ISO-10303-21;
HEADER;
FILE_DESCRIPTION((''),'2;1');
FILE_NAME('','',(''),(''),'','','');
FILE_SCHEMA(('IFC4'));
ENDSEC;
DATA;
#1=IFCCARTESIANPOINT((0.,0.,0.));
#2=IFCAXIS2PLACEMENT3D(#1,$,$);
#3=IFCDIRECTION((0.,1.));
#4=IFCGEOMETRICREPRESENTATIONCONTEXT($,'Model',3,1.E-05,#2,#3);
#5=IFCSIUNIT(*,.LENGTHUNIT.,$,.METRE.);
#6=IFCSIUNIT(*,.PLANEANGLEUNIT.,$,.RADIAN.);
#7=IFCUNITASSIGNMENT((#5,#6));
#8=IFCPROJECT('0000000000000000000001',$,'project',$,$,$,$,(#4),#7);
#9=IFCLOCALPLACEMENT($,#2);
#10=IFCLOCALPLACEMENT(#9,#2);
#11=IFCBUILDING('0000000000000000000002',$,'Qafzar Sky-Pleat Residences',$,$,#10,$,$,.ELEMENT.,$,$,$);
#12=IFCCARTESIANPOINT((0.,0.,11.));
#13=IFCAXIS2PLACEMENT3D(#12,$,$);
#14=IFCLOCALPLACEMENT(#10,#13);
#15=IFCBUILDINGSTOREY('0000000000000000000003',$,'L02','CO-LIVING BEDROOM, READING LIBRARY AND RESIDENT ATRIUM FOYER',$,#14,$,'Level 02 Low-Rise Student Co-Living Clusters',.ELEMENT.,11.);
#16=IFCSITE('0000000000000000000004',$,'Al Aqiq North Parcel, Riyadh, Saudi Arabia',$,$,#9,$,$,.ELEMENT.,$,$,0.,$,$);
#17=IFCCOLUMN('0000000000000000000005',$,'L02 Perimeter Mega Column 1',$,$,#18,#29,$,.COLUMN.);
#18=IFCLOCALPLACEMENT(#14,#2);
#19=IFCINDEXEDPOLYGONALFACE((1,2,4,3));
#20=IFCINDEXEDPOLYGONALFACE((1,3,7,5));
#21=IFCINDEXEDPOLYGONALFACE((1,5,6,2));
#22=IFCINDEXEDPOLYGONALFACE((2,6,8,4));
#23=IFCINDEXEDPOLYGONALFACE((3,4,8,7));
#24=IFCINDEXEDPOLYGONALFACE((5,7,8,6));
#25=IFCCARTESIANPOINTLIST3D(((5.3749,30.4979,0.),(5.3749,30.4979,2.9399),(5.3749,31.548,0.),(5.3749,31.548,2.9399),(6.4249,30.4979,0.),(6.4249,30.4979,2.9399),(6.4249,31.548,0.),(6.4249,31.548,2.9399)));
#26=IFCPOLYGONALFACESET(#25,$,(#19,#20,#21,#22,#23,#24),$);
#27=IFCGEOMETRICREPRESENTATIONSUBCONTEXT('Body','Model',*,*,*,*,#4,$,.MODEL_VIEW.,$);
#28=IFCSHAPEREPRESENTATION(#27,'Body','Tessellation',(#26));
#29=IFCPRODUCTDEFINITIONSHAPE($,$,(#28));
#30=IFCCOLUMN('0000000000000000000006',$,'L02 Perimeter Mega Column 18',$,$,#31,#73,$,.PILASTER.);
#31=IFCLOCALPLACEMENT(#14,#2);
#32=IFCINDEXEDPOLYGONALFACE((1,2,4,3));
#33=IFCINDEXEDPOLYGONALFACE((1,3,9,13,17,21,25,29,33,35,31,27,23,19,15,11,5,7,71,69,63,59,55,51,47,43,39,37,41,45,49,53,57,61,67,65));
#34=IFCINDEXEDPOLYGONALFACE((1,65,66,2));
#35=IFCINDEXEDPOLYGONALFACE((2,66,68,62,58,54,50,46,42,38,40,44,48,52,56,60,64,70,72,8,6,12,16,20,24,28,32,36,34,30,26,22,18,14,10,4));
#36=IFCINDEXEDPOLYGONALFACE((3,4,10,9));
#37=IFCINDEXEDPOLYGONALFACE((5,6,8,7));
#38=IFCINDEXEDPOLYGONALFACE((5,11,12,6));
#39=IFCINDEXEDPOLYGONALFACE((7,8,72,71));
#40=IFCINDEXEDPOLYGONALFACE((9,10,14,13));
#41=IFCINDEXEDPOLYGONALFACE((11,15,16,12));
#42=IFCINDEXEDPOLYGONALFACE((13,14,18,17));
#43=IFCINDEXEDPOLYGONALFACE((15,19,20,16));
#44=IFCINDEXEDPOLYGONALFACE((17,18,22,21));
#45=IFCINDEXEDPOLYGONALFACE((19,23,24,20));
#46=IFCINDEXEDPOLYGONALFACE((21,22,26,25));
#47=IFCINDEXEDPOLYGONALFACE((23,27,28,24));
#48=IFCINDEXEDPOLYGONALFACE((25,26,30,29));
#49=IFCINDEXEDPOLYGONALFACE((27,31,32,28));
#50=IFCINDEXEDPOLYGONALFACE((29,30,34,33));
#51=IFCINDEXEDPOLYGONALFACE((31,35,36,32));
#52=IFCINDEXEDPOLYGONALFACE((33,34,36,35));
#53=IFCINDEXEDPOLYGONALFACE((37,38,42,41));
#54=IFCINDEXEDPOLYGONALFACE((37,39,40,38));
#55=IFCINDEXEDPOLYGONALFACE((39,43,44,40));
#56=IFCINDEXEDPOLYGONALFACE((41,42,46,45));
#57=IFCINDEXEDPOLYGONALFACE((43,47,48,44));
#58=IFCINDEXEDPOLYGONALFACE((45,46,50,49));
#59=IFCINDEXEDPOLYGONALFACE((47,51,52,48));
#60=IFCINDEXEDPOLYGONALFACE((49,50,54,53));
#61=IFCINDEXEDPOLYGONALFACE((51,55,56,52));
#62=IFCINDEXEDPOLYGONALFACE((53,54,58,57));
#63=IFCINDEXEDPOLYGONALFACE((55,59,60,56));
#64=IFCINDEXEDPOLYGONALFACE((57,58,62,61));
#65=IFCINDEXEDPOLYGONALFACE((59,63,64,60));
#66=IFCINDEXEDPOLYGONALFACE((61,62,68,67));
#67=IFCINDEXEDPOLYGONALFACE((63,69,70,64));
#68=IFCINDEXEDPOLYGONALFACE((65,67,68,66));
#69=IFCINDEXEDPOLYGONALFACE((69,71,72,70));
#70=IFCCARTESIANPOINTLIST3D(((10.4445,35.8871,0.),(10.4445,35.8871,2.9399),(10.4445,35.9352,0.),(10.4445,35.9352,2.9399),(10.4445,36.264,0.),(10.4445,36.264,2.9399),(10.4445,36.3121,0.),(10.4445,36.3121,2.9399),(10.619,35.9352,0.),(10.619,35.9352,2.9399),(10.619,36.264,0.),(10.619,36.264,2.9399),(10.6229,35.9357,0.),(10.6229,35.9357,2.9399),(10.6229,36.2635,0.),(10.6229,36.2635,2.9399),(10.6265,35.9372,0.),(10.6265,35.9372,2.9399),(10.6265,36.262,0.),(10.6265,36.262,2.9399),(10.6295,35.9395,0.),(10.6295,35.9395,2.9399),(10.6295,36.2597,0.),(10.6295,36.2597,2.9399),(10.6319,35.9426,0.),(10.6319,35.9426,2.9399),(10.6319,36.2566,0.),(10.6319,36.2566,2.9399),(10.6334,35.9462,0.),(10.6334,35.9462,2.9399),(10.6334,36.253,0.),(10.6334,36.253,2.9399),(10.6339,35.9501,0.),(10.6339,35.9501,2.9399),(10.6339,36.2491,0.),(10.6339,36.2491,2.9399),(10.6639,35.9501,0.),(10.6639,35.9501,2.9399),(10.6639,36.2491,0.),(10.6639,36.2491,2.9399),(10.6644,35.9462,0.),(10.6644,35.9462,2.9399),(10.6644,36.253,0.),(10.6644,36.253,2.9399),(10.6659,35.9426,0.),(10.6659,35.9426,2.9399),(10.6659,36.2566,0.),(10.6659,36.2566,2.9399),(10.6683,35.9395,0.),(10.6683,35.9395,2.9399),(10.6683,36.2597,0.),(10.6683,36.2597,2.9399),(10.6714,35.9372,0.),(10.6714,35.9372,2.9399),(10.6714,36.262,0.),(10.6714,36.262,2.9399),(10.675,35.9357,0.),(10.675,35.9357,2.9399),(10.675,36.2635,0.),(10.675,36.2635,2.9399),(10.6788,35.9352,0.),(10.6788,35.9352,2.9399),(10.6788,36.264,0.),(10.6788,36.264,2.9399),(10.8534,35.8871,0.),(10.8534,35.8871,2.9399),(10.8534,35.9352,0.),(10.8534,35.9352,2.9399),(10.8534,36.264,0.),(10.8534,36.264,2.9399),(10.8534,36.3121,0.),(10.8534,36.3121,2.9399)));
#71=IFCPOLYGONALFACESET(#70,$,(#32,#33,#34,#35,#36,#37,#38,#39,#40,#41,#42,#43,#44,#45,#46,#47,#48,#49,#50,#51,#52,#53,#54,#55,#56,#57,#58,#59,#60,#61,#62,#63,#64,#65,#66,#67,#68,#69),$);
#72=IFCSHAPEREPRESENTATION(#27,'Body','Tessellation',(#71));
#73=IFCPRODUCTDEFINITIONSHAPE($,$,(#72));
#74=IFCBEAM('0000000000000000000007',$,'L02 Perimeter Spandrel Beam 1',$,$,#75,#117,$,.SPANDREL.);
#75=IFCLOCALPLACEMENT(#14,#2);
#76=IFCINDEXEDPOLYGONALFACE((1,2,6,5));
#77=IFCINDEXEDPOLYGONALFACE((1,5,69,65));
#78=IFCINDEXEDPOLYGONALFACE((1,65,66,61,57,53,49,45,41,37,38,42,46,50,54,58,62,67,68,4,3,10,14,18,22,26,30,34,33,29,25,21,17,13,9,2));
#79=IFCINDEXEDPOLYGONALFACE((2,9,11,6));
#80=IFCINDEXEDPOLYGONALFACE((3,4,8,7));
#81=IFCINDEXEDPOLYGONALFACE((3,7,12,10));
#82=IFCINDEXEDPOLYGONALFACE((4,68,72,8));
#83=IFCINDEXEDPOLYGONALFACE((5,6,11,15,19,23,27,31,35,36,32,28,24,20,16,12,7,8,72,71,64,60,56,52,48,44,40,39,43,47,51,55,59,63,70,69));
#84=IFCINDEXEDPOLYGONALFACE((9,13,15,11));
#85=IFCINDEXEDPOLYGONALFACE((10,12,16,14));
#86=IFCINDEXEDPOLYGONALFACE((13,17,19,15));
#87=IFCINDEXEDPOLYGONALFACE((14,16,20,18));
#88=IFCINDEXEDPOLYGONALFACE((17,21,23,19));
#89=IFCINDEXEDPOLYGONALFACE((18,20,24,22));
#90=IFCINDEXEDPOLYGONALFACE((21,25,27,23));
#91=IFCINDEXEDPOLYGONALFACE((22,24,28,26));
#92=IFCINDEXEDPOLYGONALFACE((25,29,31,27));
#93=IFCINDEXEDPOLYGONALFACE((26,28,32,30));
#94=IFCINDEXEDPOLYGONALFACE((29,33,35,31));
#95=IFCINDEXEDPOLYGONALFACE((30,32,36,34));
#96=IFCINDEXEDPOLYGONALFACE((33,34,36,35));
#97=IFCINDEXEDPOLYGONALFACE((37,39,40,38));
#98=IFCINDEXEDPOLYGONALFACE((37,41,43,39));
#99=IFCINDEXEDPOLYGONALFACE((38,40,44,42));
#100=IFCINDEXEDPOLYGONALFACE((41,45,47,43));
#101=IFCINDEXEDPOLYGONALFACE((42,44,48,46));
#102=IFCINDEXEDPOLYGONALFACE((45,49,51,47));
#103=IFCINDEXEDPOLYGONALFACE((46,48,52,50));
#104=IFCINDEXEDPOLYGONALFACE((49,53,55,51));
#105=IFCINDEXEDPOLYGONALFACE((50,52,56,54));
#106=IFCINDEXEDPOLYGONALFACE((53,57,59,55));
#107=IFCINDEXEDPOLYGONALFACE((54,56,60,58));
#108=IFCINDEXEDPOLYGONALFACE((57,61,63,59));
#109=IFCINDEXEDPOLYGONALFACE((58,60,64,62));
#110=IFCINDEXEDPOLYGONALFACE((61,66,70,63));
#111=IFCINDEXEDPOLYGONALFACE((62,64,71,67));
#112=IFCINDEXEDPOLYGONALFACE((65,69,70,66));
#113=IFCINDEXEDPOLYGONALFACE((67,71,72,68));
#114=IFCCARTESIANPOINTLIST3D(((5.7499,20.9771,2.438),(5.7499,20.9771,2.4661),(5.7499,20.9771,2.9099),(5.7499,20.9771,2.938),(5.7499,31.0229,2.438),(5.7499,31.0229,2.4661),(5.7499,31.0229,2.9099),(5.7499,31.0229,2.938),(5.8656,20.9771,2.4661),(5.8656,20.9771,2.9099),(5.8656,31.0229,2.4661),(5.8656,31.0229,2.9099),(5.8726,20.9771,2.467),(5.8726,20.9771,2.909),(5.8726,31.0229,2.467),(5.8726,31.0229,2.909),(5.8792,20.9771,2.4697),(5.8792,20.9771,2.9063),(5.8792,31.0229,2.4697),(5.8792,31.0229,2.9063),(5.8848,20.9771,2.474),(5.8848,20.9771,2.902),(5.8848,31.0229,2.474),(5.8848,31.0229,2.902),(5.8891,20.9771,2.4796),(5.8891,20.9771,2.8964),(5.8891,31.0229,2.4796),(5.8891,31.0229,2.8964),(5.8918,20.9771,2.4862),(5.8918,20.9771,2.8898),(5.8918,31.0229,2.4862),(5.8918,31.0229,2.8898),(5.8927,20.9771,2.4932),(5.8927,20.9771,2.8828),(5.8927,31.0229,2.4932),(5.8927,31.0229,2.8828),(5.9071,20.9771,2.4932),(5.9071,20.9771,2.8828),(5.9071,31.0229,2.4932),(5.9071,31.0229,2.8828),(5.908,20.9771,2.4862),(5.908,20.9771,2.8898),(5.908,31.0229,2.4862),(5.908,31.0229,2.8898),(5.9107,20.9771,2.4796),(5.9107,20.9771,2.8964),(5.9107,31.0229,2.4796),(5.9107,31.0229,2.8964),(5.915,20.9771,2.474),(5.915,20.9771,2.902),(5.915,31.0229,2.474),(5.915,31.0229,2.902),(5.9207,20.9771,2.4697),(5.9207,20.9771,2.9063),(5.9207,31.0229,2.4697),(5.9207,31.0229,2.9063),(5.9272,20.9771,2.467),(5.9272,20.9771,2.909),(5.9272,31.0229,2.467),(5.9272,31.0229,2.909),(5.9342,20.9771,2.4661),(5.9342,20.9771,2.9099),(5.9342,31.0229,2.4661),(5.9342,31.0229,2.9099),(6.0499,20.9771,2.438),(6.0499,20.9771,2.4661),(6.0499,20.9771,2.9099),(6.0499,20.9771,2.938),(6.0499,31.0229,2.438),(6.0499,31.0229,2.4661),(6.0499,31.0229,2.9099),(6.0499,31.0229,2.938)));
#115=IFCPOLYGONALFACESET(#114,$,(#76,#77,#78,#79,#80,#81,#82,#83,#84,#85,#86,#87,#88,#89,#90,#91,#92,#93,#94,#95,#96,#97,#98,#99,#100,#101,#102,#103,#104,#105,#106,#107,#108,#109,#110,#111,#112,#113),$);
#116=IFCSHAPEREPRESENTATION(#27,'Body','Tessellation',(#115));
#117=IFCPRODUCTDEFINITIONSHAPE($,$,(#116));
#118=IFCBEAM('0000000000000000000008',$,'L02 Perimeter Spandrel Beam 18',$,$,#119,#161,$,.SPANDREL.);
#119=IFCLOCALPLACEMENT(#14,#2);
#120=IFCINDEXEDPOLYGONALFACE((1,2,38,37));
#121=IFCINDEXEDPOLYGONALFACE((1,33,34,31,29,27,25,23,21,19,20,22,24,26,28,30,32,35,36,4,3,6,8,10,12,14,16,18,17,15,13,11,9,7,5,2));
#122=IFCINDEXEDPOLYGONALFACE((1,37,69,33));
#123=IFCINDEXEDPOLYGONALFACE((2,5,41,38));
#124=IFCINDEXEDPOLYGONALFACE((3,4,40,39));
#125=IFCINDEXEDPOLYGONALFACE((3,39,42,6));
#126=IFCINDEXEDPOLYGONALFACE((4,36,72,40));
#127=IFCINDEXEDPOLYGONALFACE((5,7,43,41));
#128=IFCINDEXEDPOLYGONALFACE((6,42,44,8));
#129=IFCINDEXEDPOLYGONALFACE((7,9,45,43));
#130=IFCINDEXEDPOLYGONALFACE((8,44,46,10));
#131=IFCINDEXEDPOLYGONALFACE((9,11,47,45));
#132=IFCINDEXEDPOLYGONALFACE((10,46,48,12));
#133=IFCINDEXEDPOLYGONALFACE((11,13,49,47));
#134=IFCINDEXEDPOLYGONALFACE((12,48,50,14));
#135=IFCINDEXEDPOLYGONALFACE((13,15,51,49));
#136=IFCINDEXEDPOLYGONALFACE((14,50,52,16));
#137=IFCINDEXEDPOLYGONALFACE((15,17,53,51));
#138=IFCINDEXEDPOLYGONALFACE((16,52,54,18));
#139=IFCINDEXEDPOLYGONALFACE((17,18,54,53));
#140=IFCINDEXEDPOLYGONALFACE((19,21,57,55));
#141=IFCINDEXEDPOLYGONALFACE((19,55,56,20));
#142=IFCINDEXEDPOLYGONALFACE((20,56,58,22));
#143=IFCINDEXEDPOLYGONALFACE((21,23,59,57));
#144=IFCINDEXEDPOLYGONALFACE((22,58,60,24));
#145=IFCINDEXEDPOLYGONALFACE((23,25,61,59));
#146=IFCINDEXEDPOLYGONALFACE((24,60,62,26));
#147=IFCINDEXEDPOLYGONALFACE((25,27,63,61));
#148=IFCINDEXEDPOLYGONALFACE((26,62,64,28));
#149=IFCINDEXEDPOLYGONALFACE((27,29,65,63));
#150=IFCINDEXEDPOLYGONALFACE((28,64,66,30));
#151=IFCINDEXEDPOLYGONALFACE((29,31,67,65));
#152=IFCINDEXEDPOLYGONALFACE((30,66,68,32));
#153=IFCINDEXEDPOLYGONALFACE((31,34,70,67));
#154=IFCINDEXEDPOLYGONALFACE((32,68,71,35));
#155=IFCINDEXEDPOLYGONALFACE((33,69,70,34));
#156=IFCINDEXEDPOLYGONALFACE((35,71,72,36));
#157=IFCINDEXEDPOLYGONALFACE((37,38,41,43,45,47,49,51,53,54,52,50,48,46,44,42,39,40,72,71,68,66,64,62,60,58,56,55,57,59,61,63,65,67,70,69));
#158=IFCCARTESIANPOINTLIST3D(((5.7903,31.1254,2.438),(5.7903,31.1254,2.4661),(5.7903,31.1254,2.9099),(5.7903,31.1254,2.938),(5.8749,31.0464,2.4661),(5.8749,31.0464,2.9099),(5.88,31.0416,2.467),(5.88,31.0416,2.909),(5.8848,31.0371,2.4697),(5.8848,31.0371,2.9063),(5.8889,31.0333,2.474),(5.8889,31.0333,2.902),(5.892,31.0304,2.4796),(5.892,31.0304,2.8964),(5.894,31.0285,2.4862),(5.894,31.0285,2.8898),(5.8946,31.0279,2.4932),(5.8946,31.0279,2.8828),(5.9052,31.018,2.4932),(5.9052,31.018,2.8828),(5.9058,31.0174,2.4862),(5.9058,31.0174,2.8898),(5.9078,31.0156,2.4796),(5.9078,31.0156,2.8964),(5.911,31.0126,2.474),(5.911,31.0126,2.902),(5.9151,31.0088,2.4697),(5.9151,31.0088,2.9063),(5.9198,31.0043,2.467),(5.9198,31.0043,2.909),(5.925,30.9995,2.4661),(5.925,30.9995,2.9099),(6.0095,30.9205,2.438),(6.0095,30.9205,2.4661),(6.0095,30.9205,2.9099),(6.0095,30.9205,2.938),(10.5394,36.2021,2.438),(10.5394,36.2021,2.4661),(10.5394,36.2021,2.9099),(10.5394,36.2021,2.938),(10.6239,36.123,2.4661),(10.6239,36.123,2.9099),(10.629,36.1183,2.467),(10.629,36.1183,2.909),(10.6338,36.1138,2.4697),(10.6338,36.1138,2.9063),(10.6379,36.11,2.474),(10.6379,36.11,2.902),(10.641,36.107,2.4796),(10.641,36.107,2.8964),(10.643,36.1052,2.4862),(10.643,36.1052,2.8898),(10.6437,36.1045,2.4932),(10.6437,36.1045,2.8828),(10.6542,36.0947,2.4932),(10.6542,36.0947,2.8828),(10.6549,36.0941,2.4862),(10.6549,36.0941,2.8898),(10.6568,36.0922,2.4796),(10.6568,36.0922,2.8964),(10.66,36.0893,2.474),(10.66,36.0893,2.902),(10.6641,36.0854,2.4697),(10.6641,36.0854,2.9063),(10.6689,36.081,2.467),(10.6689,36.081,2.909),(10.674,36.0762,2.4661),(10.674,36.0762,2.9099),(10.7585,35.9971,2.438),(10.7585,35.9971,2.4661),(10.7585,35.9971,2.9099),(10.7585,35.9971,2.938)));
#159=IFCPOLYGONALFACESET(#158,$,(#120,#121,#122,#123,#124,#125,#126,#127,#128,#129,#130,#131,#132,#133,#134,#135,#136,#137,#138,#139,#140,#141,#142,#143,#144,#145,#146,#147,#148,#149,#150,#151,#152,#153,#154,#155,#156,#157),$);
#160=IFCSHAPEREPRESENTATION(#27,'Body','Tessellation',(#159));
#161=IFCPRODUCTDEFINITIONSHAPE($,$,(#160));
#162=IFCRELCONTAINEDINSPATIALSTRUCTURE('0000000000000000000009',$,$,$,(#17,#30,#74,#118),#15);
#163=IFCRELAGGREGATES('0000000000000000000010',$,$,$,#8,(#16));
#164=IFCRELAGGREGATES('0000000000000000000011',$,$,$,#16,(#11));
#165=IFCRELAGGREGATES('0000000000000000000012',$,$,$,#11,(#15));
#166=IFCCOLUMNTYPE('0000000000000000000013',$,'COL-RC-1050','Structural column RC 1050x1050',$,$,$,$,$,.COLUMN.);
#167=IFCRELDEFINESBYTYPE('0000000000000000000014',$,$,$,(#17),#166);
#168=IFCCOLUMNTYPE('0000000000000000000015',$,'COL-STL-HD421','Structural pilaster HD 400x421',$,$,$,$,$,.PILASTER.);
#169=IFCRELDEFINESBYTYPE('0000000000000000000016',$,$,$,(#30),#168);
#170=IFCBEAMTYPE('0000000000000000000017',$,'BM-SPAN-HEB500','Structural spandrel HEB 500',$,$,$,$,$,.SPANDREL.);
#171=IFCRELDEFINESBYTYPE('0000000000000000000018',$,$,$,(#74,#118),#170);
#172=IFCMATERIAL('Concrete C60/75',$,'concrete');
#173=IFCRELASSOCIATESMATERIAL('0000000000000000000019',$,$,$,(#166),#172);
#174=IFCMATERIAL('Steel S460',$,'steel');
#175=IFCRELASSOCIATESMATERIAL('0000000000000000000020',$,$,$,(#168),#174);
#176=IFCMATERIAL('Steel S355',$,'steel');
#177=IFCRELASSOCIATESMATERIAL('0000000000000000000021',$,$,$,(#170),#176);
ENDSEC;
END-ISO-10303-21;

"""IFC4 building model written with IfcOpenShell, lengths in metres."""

from ifc_helpers import new_model, si_unit, direction, frame, origin, origin_2d, place, context, subcontext, project, spatial, rectangle, i_section, extrude, source, transform, mapped, material, material_profile, profile_set, type_object, element, save


model = new_model("IFC4")

# Units and contexts
model_context = context("Model", 3, precision=1e-05, world=origin(), true_north=direction((0.0, 1.0)))
body_context = subcontext(model_context, "Body", "Model", "MODEL_VIEW")
ifc_project = project(units=[si_unit("LENGTHUNIT", "METRE"), si_unit("PLANEANGLEUNIT", "RADIAN")], contexts=[model_context])

# Site, building, storey
site_placement = place(None, origin())
site = spatial("IfcSite", under=ifc_project, at=site_placement, Name="Al Aqiq North Parcel, Riyadh, Saudi Arabia", CompositionType="ELEMENT", RefElevation=0.0)
building_placement = place(site_placement, origin())
building = spatial("IfcBuilding", under=site, at=building_placement, Name="Qafzar Sky-Pleat Residences", CompositionType="ELEMENT")
storey_placement = place(building_placement, frame((0.0, 0.0, 11.0)))
storey = spatial("IfcBuildingStorey", under=building, at=storey_placement, Name="L02", Description="CO-LIVING BEDROOM, READING LIBRARY AND RESIDENT ATRIUM FOYER", LongName="Level 02 Low-Rise Student Co-Living Clusters", CompositionType="ELEMENT", Elevation=11.0)

# Columns
ifc_material_1 = material(Name="Concrete C60/75", Category="concrete")
ifc_material_profile_1 = material_profile(ifc_material_1, rectangle(XDim=1.05, YDim=1.05, at=origin_2d()), Name="RC 1050x1050")
ifc_profile_set_1 = profile_set([ifc_material_profile_1], Name="Concrete C60/75")
column_type_1 = type_object("IfcColumnType", Name="COL-RC-1050", Description="Structural column RC 1050x1050", PredefinedType="COLUMN", material=ifc_profile_set_1)
shared_shape_1 = source(origin(), body_context, "Body", "SweptSolid", [
    extrude(rectangle(XDim=1.05, YDim=1.05, at=origin_2d()), origin(), (0.0, 0.0, 1.0), 2.9399),
])
column_1_placement = place(storey_placement, frame((5.8999, 31.0229, 0.0), z_axis=(0.0, 0.0, 1.0), x_axis=(1.0, 0.0, 0.0)))
element("IfcColumn", 1, at=column_1_placement, inside=storey, type_object=column_type_1, Name="L02 Perimeter Mega Column 1", PredefinedType="COLUMN", context=body_context, shape_type="MappedRepresentation", body=[
    mapped(shared_shape_1, transform((0.0, 0.0, 0.0), x_axis=(1.0, 0.0, 0.0), y_axis=(0.0, 1.0, 0.0), z_axis=(0.0, 0.0, 1.0), scale=1.0)),
])
ifc_material_2 = material(Name="Steel S460", Category="steel")
ifc_material_profile_2 = material_profile(ifc_material_2, i_section(OverallWidth=0.4089, OverallDepth=0.425, WebThickness=0.03, FlangeThickness=0.0481, FilletRadius=0.0149, at=origin_2d()), Name="HD 400x421")
ifc_profile_set_2 = profile_set([ifc_material_profile_2], Name="Steel S460")
column_type_2 = type_object("IfcColumnType", Name="COL-STL-HD421", Description="Structural pilaster HD 400x421", PredefinedType="PILASTER", material=ifc_profile_set_2)
shared_shape_2 = source(origin(), body_context, "Body", "SweptSolid", [
    extrude(i_section(OverallWidth=0.4089, OverallDepth=0.425, WebThickness=0.03, FlangeThickness=0.0481, FilletRadius=0.0149, at=origin_2d()), origin(), (0.0, 0.0, 1.0), 2.9399),
])
column_2_placement = place(storey_placement, frame((10.6489, 36.0996, 0.0), z_axis=(0.0, 0.0, 1.0), x_axis=(1.0, 0.0, 0.0)))
element("IfcColumn", 2, at=column_2_placement, inside=storey, type_object=column_type_2, Name="L02 Perimeter Mega Column 18", PredefinedType="PILASTER", context=body_context, shape_type="MappedRepresentation", body=[
    mapped(shared_shape_2, transform((0.0, 0.0, 0.0), x_axis=(1.0, 0.0, 0.0), y_axis=(0.0, 1.0, 0.0), z_axis=(0.0, 0.0, 1.0), scale=1.0)),
])

# Beams
ifc_material_3 = material(Name="Steel S355", Category="steel")
ifc_material_profile_3 = material_profile(ifc_material_3, i_section(OverallWidth=0.3, OverallDepth=0.5, WebThickness=0.0144, FlangeThickness=0.0281, FilletRadius=0.0271, at=origin_2d()), Name="HEB 500")
ifc_profile_set_3 = profile_set([ifc_material_profile_3], Name="Steel S355")
beam_type_1 = type_object("IfcBeamType", Name="BM-SPAN-HEB500", Description="Structural spandrel HEB 500", PredefinedType="SPANDREL", material=ifc_profile_set_3)
shared_shape_3 = source(origin(), body_context, "Body", "SweptSolid", [
    extrude(i_section(OverallWidth=0.3, OverallDepth=0.5, WebThickness=0.0144, FlangeThickness=0.0281, FilletRadius=0.0271, at=origin_2d()), origin(), (0.0, 0.0, 1.0), 10.0459),
])
beam_1_placement = place(storey_placement, frame((5.8999, 31.0229, 2.688), z_axis=(0.0, -1.0, 0.0), x_axis=(1.0, 0.0, 0.0)))
element("IfcBeam", 3, at=beam_1_placement, inside=storey, type_object=beam_type_1, Name="L02 Perimeter Spandrel Beam 1", PredefinedType="SPANDREL", context=body_context, shape_type="MappedRepresentation", body=[
    mapped(shared_shape_3, transform((0.0, 0.0, 0.0), x_axis=(1.0, 0.0, 0.0), y_axis=(0.0, 1.0, 0.0), z_axis=(0.0, 0.0, 1.0), scale=1.0)),
])
shared_shape_4 = source(origin(), body_context, "Body", "SweptSolid", [
    extrude(i_section(OverallWidth=0.3, OverallDepth=0.5, WebThickness=0.0144, FlangeThickness=0.0281, FilletRadius=0.0271, at=origin_2d()), origin(), (0.0, 0.0, 1.0), 6.9517),
])
beam_2_placement = place(storey_placement, frame((10.6489, 36.0996, 2.688), z_axis=(-0.683149, -0.730279, 0.0), x_axis=(0.730279, -0.683149, 0.0)))
element("IfcBeam", 4, at=beam_2_placement, inside=storey, type_object=beam_type_1, Name="L02 Perimeter Spandrel Beam 18", PredefinedType="SPANDREL", context=body_context, shape_type="MappedRepresentation", body=[
    mapped(shared_shape_4, transform((0.0, 0.0, 0.0), x_axis=(1.0, 0.0, 0.0), y_axis=(0.0, 1.0, 0.0), z_axis=(0.0, 0.0, 1.0), scale=1.0)),
])

save(model, "model.ifc")
